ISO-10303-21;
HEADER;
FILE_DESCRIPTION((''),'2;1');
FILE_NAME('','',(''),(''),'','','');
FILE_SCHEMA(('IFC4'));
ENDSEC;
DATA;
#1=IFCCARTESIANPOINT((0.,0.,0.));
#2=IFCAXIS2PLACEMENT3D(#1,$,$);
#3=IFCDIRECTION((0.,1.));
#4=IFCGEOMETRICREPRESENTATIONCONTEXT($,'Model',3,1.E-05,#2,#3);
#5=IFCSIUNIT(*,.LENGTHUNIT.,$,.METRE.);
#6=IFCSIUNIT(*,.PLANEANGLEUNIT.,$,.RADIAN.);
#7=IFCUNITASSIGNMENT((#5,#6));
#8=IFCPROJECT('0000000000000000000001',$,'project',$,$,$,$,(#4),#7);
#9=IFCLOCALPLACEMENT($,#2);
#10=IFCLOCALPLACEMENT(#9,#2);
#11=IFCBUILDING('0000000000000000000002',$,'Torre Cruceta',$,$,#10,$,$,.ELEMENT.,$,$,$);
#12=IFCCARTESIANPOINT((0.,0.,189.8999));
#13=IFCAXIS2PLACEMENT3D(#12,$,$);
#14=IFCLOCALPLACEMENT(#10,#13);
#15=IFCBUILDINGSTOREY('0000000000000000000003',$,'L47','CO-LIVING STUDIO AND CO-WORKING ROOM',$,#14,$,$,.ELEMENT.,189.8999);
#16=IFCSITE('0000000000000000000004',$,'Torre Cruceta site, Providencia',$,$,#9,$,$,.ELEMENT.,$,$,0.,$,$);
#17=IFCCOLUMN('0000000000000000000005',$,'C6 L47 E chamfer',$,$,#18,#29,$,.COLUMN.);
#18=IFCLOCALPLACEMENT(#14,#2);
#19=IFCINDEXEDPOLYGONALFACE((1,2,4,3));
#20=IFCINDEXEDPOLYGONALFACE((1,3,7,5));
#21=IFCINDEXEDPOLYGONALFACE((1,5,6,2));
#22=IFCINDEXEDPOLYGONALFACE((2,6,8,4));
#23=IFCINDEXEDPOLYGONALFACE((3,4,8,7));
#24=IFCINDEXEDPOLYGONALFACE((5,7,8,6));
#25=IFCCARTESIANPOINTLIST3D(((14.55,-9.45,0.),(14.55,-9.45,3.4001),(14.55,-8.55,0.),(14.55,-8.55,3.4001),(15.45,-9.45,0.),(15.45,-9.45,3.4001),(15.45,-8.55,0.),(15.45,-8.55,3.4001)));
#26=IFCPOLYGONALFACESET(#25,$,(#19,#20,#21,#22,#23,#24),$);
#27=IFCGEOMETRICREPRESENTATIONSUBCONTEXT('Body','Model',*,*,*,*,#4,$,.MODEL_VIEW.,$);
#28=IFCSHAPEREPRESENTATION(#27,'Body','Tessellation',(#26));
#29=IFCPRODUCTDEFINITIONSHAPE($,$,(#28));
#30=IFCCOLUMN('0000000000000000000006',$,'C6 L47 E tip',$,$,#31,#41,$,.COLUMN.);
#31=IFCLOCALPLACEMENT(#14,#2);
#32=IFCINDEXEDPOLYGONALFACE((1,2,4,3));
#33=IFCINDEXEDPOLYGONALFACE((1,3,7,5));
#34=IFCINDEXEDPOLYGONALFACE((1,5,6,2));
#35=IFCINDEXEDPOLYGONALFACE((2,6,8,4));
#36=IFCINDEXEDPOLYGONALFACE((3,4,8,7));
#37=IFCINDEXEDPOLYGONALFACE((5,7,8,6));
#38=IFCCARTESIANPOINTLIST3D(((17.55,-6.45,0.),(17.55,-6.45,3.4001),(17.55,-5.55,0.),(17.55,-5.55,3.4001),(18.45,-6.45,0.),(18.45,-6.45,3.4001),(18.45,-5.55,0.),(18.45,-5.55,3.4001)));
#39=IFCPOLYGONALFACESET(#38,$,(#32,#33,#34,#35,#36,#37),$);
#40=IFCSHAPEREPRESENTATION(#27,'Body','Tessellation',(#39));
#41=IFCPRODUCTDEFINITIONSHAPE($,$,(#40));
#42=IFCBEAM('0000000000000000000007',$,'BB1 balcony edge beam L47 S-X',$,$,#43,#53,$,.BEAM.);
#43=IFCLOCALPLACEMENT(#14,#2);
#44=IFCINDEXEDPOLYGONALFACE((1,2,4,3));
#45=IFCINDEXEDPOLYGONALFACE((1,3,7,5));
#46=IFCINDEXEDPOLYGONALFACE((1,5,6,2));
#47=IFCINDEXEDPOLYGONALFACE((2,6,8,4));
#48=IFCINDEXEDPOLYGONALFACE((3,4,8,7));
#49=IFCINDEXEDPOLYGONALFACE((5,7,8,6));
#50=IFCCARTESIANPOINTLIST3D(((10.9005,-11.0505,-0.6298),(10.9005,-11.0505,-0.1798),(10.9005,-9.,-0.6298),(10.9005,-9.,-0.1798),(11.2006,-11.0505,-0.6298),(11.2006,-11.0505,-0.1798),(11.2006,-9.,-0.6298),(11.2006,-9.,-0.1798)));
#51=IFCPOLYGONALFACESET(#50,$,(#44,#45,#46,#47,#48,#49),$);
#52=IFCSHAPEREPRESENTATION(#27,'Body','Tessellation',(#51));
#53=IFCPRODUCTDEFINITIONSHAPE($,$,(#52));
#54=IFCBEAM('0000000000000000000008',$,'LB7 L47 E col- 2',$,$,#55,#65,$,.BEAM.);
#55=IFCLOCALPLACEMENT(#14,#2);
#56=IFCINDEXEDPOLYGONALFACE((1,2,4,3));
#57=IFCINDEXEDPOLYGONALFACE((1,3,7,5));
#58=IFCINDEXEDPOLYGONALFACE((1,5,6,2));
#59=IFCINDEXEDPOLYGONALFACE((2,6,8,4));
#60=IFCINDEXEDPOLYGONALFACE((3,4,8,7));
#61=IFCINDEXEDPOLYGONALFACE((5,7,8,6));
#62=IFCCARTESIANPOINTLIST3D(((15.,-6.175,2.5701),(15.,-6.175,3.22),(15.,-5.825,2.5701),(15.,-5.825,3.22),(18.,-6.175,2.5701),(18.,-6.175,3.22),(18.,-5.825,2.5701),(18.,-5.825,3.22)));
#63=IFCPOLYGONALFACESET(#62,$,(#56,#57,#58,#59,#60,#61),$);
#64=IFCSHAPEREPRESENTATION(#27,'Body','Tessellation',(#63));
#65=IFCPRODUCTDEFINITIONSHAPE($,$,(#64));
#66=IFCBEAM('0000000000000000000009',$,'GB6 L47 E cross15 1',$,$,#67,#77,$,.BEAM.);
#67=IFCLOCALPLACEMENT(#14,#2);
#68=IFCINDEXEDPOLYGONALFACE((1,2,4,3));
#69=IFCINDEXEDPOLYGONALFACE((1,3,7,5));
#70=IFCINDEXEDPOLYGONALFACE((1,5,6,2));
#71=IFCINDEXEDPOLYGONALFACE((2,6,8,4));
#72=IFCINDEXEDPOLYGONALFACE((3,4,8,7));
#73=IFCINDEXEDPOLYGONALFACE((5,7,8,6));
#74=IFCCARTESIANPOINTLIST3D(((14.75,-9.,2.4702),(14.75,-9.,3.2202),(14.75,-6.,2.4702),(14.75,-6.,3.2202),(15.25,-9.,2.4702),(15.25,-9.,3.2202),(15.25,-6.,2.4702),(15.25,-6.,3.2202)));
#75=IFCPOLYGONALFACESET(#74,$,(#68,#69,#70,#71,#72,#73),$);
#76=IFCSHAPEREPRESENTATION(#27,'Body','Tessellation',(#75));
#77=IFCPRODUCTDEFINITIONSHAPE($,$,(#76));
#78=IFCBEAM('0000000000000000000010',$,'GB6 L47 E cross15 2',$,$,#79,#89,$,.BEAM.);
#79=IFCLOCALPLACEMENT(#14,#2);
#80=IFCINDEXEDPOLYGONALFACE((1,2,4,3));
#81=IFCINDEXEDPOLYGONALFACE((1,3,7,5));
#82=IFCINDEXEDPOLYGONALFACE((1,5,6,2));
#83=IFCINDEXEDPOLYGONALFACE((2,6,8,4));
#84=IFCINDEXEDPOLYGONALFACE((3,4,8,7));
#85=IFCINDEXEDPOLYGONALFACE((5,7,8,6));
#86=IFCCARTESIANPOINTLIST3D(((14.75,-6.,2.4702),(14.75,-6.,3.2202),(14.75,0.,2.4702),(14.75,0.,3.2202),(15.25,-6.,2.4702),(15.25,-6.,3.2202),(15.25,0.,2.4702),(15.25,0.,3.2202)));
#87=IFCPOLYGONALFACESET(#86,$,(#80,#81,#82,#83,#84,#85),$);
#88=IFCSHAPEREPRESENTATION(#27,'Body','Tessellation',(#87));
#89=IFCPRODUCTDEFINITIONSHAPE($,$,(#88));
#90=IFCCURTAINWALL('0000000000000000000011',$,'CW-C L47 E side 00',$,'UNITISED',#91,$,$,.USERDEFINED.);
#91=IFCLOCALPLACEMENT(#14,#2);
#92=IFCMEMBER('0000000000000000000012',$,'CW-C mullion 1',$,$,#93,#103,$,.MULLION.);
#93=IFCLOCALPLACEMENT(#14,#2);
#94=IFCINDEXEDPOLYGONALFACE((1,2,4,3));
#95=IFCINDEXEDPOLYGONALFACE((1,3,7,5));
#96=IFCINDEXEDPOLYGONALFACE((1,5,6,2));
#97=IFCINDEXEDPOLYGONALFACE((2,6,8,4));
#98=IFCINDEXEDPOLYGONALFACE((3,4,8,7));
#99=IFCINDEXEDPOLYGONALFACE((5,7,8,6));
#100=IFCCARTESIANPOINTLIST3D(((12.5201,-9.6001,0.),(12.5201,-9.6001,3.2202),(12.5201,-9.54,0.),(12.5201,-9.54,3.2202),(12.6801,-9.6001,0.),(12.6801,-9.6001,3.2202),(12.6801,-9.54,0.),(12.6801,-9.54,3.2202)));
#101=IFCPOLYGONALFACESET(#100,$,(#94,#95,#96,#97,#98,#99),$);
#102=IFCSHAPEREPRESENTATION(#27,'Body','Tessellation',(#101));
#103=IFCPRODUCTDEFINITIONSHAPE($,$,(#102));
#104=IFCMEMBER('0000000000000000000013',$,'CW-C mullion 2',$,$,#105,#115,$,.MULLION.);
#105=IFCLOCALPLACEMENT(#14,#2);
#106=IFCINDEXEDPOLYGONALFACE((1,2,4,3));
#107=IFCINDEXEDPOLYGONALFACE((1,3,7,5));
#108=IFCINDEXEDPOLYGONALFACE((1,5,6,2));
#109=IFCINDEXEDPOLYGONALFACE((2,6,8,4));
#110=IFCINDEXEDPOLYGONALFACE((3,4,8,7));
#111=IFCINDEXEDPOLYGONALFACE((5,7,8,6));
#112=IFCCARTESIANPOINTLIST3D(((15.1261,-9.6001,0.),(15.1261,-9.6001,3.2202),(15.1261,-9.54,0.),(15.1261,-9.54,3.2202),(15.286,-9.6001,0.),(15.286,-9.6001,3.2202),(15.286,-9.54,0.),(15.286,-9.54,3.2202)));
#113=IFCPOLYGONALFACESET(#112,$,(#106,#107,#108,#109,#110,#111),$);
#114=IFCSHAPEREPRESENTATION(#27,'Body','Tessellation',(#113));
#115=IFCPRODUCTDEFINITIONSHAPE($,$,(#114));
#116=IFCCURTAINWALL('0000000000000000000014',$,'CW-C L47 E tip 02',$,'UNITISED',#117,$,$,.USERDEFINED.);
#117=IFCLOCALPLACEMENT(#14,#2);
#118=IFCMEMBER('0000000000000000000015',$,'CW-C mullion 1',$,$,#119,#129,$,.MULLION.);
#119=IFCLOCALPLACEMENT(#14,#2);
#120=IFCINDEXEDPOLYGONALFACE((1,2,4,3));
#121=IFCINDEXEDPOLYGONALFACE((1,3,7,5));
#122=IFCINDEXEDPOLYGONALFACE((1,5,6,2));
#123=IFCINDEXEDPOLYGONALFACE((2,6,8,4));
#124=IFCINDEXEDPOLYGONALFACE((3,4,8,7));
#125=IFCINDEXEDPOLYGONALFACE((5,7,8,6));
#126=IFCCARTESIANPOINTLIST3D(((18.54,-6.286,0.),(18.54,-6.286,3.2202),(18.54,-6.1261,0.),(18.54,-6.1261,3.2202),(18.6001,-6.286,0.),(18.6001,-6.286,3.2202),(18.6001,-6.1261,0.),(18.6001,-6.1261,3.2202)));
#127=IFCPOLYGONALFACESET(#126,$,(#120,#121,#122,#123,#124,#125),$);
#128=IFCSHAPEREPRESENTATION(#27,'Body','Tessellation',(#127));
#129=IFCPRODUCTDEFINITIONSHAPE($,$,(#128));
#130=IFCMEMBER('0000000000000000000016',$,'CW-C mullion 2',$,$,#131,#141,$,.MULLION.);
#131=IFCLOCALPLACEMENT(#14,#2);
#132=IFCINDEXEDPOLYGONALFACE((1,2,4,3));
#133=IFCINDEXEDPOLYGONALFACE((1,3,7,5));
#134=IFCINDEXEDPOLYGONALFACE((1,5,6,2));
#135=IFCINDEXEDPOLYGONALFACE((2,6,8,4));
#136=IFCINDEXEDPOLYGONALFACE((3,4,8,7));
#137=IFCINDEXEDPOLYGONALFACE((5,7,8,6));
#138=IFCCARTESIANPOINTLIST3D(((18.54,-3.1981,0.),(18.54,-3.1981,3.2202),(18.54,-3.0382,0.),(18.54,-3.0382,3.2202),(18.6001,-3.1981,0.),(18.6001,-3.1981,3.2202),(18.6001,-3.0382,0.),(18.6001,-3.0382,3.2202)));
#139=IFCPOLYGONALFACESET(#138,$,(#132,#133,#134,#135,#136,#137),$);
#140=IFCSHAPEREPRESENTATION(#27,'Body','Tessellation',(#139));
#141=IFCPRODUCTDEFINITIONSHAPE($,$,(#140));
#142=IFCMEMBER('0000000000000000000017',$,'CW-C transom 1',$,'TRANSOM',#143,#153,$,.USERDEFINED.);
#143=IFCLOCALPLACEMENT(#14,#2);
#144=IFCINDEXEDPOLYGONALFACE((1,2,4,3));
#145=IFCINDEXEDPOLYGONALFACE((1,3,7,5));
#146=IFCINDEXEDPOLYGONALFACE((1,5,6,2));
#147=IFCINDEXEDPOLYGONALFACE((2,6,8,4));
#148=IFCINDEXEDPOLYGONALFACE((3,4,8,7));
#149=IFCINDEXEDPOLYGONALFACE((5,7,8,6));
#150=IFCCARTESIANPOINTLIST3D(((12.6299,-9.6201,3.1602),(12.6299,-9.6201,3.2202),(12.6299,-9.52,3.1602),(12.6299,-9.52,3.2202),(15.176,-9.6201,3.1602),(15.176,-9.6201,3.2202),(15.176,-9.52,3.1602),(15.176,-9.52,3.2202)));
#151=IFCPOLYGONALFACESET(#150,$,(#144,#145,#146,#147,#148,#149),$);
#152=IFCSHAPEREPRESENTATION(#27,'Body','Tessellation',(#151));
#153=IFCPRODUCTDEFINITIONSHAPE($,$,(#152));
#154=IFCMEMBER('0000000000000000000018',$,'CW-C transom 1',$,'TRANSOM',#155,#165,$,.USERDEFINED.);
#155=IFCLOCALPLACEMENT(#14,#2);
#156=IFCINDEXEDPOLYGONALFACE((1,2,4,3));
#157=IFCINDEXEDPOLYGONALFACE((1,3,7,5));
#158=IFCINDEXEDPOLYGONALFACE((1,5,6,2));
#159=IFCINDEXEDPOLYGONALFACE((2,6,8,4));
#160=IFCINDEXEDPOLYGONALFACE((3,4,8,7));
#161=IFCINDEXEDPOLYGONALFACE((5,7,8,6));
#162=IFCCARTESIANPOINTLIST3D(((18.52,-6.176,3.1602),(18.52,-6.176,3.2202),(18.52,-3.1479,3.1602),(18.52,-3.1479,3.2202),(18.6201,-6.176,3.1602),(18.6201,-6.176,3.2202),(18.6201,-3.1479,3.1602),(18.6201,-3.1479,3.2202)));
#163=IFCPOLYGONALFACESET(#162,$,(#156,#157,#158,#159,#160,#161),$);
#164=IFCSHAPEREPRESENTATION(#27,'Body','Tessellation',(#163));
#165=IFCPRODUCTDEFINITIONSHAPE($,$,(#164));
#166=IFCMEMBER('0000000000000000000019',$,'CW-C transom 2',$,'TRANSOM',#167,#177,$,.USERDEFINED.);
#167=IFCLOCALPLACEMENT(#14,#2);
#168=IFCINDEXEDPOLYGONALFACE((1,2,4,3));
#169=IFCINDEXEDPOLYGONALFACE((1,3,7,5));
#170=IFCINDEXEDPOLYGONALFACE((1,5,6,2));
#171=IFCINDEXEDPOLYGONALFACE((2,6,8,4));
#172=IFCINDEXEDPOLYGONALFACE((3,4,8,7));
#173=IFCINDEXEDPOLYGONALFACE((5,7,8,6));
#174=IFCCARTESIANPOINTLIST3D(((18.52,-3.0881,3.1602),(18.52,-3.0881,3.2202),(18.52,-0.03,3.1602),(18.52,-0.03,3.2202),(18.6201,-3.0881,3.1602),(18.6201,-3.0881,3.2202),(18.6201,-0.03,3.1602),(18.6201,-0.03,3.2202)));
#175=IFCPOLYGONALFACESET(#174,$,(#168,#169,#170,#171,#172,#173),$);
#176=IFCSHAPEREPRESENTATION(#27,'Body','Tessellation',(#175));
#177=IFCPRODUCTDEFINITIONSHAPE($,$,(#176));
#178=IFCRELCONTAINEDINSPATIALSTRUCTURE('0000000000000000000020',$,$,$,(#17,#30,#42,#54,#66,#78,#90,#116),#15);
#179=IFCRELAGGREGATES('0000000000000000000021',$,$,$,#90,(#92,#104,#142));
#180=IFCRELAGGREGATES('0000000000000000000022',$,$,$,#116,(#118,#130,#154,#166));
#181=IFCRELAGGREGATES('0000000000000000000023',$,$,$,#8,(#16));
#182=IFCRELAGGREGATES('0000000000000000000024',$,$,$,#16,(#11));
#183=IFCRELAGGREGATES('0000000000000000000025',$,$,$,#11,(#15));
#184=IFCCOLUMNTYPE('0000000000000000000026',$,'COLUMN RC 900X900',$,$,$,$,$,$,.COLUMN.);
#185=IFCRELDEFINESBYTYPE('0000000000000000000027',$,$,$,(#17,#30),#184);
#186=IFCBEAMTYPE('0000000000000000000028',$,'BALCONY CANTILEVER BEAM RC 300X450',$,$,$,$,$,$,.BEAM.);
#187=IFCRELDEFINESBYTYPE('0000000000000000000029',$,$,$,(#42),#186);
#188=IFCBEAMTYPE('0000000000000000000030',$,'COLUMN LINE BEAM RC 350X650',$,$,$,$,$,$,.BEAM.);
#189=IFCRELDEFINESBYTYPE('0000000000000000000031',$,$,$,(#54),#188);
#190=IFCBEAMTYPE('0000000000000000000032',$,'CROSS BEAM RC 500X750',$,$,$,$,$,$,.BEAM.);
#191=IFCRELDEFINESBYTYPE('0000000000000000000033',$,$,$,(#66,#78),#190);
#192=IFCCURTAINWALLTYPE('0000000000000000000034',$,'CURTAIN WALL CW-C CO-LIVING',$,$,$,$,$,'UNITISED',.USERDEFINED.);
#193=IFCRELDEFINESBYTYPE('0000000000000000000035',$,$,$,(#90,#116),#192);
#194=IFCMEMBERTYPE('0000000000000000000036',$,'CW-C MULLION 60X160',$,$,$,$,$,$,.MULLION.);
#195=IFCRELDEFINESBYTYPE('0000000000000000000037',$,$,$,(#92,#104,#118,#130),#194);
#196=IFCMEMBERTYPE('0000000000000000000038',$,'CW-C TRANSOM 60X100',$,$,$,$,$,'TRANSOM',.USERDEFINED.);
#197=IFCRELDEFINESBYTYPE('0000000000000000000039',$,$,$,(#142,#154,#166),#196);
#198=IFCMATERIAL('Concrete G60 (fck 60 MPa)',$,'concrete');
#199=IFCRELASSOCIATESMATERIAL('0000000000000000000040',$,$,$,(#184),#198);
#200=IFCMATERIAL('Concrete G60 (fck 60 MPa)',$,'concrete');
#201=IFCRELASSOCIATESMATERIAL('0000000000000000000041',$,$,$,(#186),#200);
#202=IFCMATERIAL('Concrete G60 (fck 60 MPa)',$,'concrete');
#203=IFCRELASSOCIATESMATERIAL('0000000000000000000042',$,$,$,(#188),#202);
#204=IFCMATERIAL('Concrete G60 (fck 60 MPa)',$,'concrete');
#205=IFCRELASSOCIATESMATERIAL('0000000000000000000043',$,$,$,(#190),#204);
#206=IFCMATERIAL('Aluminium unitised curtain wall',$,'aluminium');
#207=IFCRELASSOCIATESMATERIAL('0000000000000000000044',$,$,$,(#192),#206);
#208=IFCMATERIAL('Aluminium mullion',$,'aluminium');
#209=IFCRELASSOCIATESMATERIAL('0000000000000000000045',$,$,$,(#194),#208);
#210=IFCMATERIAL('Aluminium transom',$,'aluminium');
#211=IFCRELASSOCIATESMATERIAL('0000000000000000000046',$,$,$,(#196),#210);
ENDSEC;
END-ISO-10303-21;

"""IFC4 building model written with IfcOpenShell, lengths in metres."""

from ifc_helpers import new_model, si_unit, direction, frame, origin, origin_2d, place, context, subcontext, project, spatial, rectangle, extrude, material, material_profile, profile_set, type_object, element, aggregate, save


model = new_model("IFC4")

# Units and contexts
model_context = context("Model", 3, precision=1e-05, world=origin(), true_north=direction((0.0, 1.0)))
body_context = subcontext(model_context, "Body", "Model", "MODEL_VIEW")
ifc_project = project(units=[si_unit("LENGTHUNIT", "METRE"), si_unit("PLANEANGLEUNIT", "RADIAN")], contexts=[model_context])

# Site, building, storey
site_placement = place(None, origin())
site = spatial("IfcSite", under=ifc_project, at=site_placement, Name="Torre Cruceta site, Providencia", CompositionType="ELEMENT", RefElevation=0.0)
building_placement = place(site_placement, origin())
building = spatial("IfcBuilding", under=site, at=building_placement, Name="Torre Cruceta", CompositionType="ELEMENT")
storey_placement = place(building_placement, frame((0.0, 0.0, 189.8999)))
storey = spatial("IfcBuildingStorey", under=building, at=storey_placement, Name="L47", Description="CO-LIVING STUDIO AND CO-WORKING ROOM", CompositionType="ELEMENT", Elevation=189.8999)

# Columns
ifc_material_1 = material(Name="Concrete G60 (fck 60 MPa)", Category="concrete")
ifc_material_profile_1 = material_profile(ifc_material_1, rectangle(XDim=0.8999, YDim=0.8999, at=origin_2d()), Name="RC 900X900")
ifc_profile_set_1 = profile_set([ifc_material_profile_1], Name="Concrete G60 (fck 60 MPa)")
column_type = type_object("IfcColumnType", Name="COLUMN RC 900X900", PredefinedType="COLUMN", material=ifc_profile_set_1)
for number, where, z_axis, x_axis, name in (
    (1, (15.0, -9.0, 0.0), (0.0, 0.0, 1.0), (1.0, 0.0, 0.0), "C6 L47 E chamfer"),
    (2, (18.0, -6.0, 0.0), (0.0, 0.0, 1.0), (1.0, 0.0, 0.0), "C6 L47 E tip"),
):
    element("IfcColumn", number, at=place(storey_placement, frame(where, z_axis=z_axis, x_axis=x_axis)), inside=storey, type_object=column_type, Name=name, PredefinedType="COLUMN", context=body_context, shape_type="SweptSolid", body=[
        extrude(rectangle(XDim=0.8999, YDim=0.8999, at=origin_2d()), origin(), (0.0, 0.0, 1.0), 3.4001),
    ])

# Beams
ifc_material_2 = material(Name="Concrete G60 (fck 60 MPa)", Category="concrete")
ifc_material_profile_2 = material_profile(ifc_material_2, rectangle(XDim=0.3, YDim=0.45, at=origin_2d()), Name="RC 300X450")
ifc_profile_set_2 = profile_set([ifc_material_profile_2], Name="Concrete G60 (fck 60 MPa)")
beam_type_1 = type_object("IfcBeamType", Name="BALCONY CANTILEVER BEAM RC 300X450", PredefinedType="BEAM", material=ifc_profile_set_2)
beam_1_placement = place(storey_placement, frame((11.0505, -9.0, -0.4048), z_axis=(0.0, -1.0, 0.0), x_axis=(1.0, 0.0, 0.0)))
element("IfcBeam", 3, at=beam_1_placement, inside=storey, type_object=beam_type_1, Name="BB1 balcony edge beam L47 S-X", PredefinedType="BEAM", context=body_context, shape_type="SweptSolid", body=[
    extrude(rectangle(XDim=0.3, YDim=0.45, at=origin_2d()), origin(), (0.0, 0.0, 1.0), 2.0505),
])
ifc_material_3 = material(Name="Concrete G60 (fck 60 MPa)", Category="concrete")
ifc_material_profile_3 = material_profile(ifc_material_3, rectangle(XDim=0.3501, YDim=0.6499, at=origin_2d()), Name="RC 350X650")
ifc_profile_set_3 = profile_set([ifc_material_profile_3], Name="Concrete G60 (fck 60 MPa)")
beam_type_2 = type_object("IfcBeamType", Name="COLUMN LINE BEAM RC 350X650", PredefinedType="BEAM", material=ifc_profile_set_3)
beam_2_placement = place(storey_placement, frame((15.0, -6.0, 2.895), z_axis=(1.0, 0.0, 0.0), x_axis=(0.0, 1.0, 0.0)))
element("IfcBeam", 4, at=beam_2_placement, inside=storey, type_object=beam_type_2, Name="LB7 L47 E col- 2", PredefinedType="BEAM", context=body_context, shape_type="SweptSolid", body=[
    extrude(rectangle(XDim=0.3501, YDim=0.6499, at=origin_2d()), origin(), (0.0, 0.0, 1.0), 3.0),
])
ifc_material_4 = material(Name="Concrete G60 (fck 60 MPa)", Category="concrete")
ifc_material_profile_4 = material_profile(ifc_material_4, rectangle(XDim=0.5, YDim=0.75, at=origin_2d()), Name="RC 500X750")
ifc_profile_set_4 = profile_set([ifc_material_profile_4], Name="Concrete G60 (fck 60 MPa)")
beam_type_3 = type_object("IfcBeamType", Name="CROSS BEAM RC 500X750", PredefinedType="BEAM", material=ifc_profile_set_4)
beam_3_placement = place(storey_placement, frame((15.0, -9.0, 2.8452), z_axis=(0.0, 1.0, 0.0), x_axis=(-1.0, 0.0, 0.0)))
element("IfcBeam", 5, at=beam_3_placement, inside=storey, type_object=beam_type_3, Name="GB6 L47 E cross15 1", PredefinedType="BEAM", context=body_context, shape_type="SweptSolid", body=[
    extrude(rectangle(XDim=0.5, YDim=0.75, at=origin_2d()), origin(), (0.0, 0.0, 1.0), 3.0),
])
beam_4_placement = place(storey_placement, frame((15.0, -6.0, 2.8452), z_axis=(0.0, 1.0, 0.0), x_axis=(-1.0, 0.0, 0.0)))
element("IfcBeam", 6, at=beam_4_placement, inside=storey, type_object=beam_type_3, Name="GB6 L47 E cross15 2", PredefinedType="BEAM", context=body_context, shape_type="SweptSolid", body=[
    extrude(rectangle(XDim=0.5, YDim=0.75, at=origin_2d()), origin(), (0.0, 0.0, 1.0), 6.0),
])

# Curtain walls, members
ifc_material_5 = material(Name="Aluminium unitised curtain wall", Category="aluminium")
curtain_wall_type = type_object("IfcCurtainWallType", Name="CURTAIN WALL CW-C CO-LIVING", ElementType="UNITISED", PredefinedType="USERDEFINED", material=ifc_material_5)
curtain_wall_1_placement = place(storey_placement, origin())
curtain_wall_1 = element("IfcCurtainWall", 7, at=curtain_wall_1_placement, inside=storey, type_object=curtain_wall_type, Name="CW-C L47 E side 00", ObjectType="UNITISED", PredefinedType="USERDEFINED")
ifc_material_6 = material(Name="Aluminium mullion", Category="aluminium")
ifc_material_profile_5 = material_profile(ifc_material_6, rectangle(XDim=0.0601, YDim=0.1599, at=origin_2d()), Name="AL 60X160")
ifc_profile_set_5 = profile_set([ifc_material_profile_5], Name="Aluminium mullion")
member_type_1 = type_object("IfcMemberType", Name="CW-C MULLION 60X160", PredefinedType="MULLION", material=ifc_profile_set_5)
member_1_placement = place(storey_placement, frame((12.6001, -9.5701, 0.0), z_axis=(0.0, 0.0, 1.0), x_axis=(0.0, 1.0, 0.0)))
member_1 = element("IfcMember", 8, at=member_1_placement, type_object=member_type_1, Name="CW-C mullion 1", PredefinedType="MULLION", context=body_context, shape_type="SweptSolid", body=[
    extrude(rectangle(XDim=0.0601, YDim=0.1599, at=origin_2d()), origin(), (0.0, 0.0, 1.0), 3.2202),
])
member_2_placement = place(storey_placement, frame((15.2061, -9.5701, 0.0), z_axis=(0.0, 0.0, 1.0), x_axis=(0.0, 1.0, 0.0)))
member_2 = element("IfcMember", 9, at=member_2_placement, type_object=member_type_1, Name="CW-C mullion 2", PredefinedType="MULLION", context=body_context, shape_type="SweptSolid", body=[
    extrude(rectangle(XDim=0.0601, YDim=0.1599, at=origin_2d()), origin(), (0.0, 0.0, 1.0), 3.2202),
])
curtain_wall_2_placement = place(storey_placement, origin())
curtain_wall_2 = element("IfcCurtainWall", 10, at=curtain_wall_2_placement, inside=storey, type_object=curtain_wall_type, Name="CW-C L47 E tip 02", ObjectType="UNITISED", PredefinedType="USERDEFINED")
member_3_placement = place(storey_placement, frame((18.5701, -6.2061, 0.0), z_axis=(0.0, 0.0, 1.0), x_axis=(-1.0, 0.0, 0.0)))
member_3 = element("IfcMember", 11, at=member_3_placement, type_object=member_type_1, Name="CW-C mullion 1", PredefinedType="MULLION", context=body_context, shape_type="SweptSolid", body=[
    extrude(rectangle(XDim=0.0601, YDim=0.1599, at=origin_2d()), origin(), (0.0, 0.0, 1.0), 3.2202),
])
member_4_placement = place(storey_placement, frame((18.5701, -3.1182, 0.0), z_axis=(0.0, 0.0, 1.0), x_axis=(-1.0, 0.0, 0.0)))
member_4 = element("IfcMember", 12, at=member_4_placement, type_object=member_type_1, Name="CW-C mullion 2", PredefinedType="MULLION", context=body_context, shape_type="SweptSolid", body=[
    extrude(rectangle(XDim=0.0601, YDim=0.1599, at=origin_2d()), origin(), (0.0, 0.0, 1.0), 3.2202),
])

# Members
ifc_material_7 = material(Name="Aluminium transom", Category="aluminium")
ifc_material_profile_6 = material_profile(ifc_material_7, rectangle(XDim=0.1001, YDim=0.0601, at=origin_2d()), Name="AL 100X60")
ifc_profile_set_6 = profile_set([ifc_material_profile_6], Name="Aluminium transom")
member_type_2 = type_object("IfcMemberType", Name="CW-C TRANSOM 60X100", ElementType="TRANSOM", PredefinedType="USERDEFINED", material=ifc_profile_set_6)
member_5_placement = place(storey_placement, frame((12.6299, -9.5701, 3.1902), z_axis=(1.0, 0.0, 0.0), x_axis=(0.0, 1.0, 0.0)))
member_5 = element("IfcMember", 13, at=member_5_placement, type_object=member_type_2, Name="CW-C transom 1", ObjectType="TRANSOM", PredefinedType="USERDEFINED", context=body_context, shape_type="SweptSolid", body=[
    extrude(rectangle(XDim=0.1001, YDim=0.0601, at=origin_2d()), origin(), (0.0, 0.0, 1.0), 2.5461),
])
member_6_placement = place(storey_placement, frame((18.5701, -6.176, 3.1902), z_axis=(0.0, 1.0, 0.0), x_axis=(-1.0, 0.0, 0.0)))
member_6 = element("IfcMember", 14, at=member_6_placement, type_object=member_type_2, Name="CW-C transom 1", ObjectType="TRANSOM", PredefinedType="USERDEFINED", context=body_context, shape_type="SweptSolid", body=[
    extrude(rectangle(XDim=0.1001, YDim=0.0601, at=origin_2d()), origin(), (0.0, 0.0, 1.0), 3.0281),
])
member_7_placement = place(storey_placement, frame((18.5701, -3.0881, 3.1902), z_axis=(0.0, 1.0, 0.0), x_axis=(-1.0, 0.0, 0.0)))
member_7 = element("IfcMember", 15, at=member_7_placement, type_object=member_type_2, Name="CW-C transom 2", ObjectType="TRANSOM", PredefinedType="USERDEFINED", context=body_context, shape_type="SweptSolid", body=[
    extrude(rectangle(XDim=0.1001, YDim=0.0601, at=origin_2d()), origin(), (0.0, 0.0, 1.0), 3.0581),
])

aggregate(curtain_wall_1, [member_1, member_2, member_5])
aggregate(curtain_wall_2, [member_3, member_4, member_6, member_7])

save(model, "model.ifc")
